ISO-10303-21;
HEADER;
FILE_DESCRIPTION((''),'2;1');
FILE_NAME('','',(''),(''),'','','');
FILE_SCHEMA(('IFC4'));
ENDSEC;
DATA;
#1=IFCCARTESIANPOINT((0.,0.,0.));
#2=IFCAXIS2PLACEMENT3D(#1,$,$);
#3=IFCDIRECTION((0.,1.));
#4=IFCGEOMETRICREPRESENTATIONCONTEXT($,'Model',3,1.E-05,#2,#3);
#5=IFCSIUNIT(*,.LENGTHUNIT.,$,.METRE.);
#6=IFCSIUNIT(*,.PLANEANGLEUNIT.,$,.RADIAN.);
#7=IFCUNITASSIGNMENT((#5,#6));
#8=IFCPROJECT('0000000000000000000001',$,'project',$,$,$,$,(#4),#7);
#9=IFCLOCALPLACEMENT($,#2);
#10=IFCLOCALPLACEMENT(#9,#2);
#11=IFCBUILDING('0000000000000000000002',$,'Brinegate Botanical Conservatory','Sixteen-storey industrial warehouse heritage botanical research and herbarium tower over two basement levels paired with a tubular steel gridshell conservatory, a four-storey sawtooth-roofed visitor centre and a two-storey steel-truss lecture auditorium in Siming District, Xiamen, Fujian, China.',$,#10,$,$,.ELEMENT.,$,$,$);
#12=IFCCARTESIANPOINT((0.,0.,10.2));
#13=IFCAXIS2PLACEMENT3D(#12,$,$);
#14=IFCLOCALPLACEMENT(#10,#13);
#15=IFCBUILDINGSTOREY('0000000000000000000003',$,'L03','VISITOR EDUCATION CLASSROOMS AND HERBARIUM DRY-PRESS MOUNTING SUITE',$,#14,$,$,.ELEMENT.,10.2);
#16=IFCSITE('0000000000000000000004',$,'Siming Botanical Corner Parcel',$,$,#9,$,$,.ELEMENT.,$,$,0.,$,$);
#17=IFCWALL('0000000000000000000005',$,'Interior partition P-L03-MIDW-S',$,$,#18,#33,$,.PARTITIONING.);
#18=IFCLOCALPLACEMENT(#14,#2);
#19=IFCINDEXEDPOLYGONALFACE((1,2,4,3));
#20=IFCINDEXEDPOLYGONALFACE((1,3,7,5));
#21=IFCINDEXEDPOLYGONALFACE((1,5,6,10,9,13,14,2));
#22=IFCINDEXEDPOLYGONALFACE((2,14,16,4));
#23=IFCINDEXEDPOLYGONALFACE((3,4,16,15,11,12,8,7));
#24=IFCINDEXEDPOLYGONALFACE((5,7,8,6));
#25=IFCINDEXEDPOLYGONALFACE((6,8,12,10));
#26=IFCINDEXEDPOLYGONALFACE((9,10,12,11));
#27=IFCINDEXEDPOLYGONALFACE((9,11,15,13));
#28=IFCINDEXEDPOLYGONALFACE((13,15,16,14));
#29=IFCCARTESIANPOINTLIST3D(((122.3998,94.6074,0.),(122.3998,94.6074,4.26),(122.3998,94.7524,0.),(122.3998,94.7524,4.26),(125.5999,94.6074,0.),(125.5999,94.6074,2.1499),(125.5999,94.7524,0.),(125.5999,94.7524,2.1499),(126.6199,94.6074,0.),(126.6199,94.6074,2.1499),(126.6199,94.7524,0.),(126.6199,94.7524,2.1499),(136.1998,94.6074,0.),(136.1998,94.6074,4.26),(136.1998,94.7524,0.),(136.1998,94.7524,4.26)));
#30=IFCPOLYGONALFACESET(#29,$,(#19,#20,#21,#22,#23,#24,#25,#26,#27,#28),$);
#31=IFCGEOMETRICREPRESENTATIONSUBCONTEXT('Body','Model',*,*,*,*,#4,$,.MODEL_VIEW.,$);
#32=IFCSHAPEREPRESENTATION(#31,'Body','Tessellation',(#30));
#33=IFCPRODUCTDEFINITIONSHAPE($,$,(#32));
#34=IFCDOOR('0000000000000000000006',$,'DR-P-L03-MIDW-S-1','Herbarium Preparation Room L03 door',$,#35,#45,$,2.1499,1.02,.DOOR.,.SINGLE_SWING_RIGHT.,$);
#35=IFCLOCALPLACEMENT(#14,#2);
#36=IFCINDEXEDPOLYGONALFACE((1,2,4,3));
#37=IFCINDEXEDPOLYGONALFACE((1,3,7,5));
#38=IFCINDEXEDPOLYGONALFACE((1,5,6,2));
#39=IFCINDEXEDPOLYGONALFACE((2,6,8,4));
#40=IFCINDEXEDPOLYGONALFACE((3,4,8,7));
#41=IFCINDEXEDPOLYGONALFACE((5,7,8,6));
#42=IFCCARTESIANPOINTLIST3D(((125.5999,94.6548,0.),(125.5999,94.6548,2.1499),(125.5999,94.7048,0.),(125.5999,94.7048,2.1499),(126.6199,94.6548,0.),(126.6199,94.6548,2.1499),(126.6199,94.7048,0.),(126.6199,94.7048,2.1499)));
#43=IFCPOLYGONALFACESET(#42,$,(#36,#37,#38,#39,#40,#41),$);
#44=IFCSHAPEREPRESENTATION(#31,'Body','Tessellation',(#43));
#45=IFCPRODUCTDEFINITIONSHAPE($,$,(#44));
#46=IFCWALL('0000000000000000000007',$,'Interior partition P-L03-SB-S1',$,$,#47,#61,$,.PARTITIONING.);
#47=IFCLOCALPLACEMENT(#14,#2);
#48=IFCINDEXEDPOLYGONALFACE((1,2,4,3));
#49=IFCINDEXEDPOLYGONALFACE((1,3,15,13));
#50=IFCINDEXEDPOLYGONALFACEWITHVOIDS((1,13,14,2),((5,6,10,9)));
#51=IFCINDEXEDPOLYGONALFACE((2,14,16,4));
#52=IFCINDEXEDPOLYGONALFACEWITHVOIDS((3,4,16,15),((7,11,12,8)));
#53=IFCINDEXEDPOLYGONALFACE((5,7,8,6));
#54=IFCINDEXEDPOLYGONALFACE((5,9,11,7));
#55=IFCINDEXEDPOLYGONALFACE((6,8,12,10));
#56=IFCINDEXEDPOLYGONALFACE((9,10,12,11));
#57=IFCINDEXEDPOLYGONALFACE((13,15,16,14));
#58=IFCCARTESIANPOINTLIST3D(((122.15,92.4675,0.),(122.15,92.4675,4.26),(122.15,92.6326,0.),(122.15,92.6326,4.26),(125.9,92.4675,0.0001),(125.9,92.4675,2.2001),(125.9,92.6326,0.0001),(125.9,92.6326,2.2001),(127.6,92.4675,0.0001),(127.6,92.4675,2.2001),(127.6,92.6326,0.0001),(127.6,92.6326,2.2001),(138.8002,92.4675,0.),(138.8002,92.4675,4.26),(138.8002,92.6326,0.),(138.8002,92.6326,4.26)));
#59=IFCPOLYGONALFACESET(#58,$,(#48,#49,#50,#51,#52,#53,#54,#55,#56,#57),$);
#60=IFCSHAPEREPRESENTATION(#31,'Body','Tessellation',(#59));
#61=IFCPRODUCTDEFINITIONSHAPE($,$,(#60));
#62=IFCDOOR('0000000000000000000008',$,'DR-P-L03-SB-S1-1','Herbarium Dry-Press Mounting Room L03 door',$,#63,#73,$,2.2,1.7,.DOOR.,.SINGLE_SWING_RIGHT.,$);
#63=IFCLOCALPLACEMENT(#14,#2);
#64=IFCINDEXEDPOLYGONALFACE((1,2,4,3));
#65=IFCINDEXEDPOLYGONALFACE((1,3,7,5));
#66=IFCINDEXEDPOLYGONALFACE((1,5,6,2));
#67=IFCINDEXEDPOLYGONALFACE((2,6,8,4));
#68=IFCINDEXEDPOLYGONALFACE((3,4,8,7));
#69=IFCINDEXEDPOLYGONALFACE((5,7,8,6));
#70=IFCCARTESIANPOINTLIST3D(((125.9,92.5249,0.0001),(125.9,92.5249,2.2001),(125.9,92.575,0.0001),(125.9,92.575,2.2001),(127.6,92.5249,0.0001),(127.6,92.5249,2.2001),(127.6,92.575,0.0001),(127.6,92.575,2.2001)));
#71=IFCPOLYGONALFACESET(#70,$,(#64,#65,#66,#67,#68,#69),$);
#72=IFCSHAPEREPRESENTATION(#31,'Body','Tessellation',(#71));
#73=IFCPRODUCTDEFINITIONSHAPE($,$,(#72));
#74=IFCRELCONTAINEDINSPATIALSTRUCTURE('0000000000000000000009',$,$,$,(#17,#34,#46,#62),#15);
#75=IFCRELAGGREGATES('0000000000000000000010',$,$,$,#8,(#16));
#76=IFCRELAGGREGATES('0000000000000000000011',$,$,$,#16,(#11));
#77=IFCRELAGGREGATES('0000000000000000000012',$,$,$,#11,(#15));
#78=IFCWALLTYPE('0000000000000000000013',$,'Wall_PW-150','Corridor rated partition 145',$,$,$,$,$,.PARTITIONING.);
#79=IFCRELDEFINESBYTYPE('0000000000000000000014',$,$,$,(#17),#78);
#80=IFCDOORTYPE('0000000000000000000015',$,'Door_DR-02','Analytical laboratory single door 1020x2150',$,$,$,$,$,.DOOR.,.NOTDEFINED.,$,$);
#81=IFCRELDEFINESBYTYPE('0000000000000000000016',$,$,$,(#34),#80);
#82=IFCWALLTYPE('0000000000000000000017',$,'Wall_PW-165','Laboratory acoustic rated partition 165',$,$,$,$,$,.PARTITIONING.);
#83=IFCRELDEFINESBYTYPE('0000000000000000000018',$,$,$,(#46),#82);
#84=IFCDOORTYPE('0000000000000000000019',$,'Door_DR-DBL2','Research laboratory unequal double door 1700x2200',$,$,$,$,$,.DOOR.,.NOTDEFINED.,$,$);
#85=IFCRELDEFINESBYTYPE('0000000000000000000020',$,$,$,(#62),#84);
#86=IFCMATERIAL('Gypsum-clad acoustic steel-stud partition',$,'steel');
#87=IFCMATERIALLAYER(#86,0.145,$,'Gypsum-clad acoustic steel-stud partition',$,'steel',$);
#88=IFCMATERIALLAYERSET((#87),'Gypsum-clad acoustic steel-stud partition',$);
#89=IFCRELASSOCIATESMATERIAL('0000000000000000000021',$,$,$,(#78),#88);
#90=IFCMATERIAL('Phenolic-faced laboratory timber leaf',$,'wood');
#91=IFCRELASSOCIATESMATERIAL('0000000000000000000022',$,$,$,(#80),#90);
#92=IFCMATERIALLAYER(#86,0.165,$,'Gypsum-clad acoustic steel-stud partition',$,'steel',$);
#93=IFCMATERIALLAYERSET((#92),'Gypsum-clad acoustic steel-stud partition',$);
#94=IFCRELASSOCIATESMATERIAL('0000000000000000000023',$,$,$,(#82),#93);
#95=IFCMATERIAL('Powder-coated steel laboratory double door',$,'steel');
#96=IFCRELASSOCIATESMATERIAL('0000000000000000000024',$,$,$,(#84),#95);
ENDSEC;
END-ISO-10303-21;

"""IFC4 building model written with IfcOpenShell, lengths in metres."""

from ifc_helpers import new_model, si_unit, direction, frame, frame_2d, origin, place, context, subcontext, project, spatial, rectangle, extrude, material, layer, layer_set, type_object, element, fill, save


model = new_model("IFC4")

# Units and contexts
model_context = context("Model", 3, precision=1e-05, world=origin(), true_north=direction((0.0, 1.0)))
body_context = subcontext(model_context, "Body", "Model", "MODEL_VIEW")
ifc_project = project(units=[si_unit("LENGTHUNIT", "METRE"), si_unit("PLANEANGLEUNIT", "RADIAN")], contexts=[model_context])

# Site, building, storey
site_placement = place(None, origin())
site = spatial("IfcSite", under=ifc_project, at=site_placement, Name="Siming Botanical Corner Parcel", CompositionType="ELEMENT", RefElevation=0.0)
building_placement = place(site_placement, origin())
building = spatial("IfcBuilding", under=site, at=building_placement, Name="Brinegate Botanical Conservatory", Description="Sixteen-storey industrial warehouse heritage botanical research and herbarium tower over two basement levels paired with a tubular steel gridshell conservatory, a four-storey sawtooth-roofed visitor centre and a two-storey steel-truss lecture auditorium in Siming District, Xiamen, Fujian, China.", CompositionType="ELEMENT")
storey_placement = place(building_placement, frame((0.0, 0.0, 10.2)))
storey = spatial("IfcBuildingStorey", under=building, at=storey_placement, Name="L03", Description="VISITOR EDUCATION CLASSROOMS AND HERBARIUM DRY-PRESS MOUNTING SUITE", CompositionType="ELEMENT", Elevation=10.2)

# Walls, openings, doors
ifc_material_1 = material(Name="Gypsum-clad acoustic steel-stud partition", Category="steel")
ifc_layer_1 = layer(ifc_material_1, 0.145, Name="Gypsum-clad acoustic steel-stud partition", Category="steel")
ifc_layer_set_1 = layer_set([ifc_layer_1], Name="Gypsum-clad acoustic steel-stud partition")
wall_type_1 = type_object("IfcWallType", Name="Wall_PW-150", Description="Corridor rated partition 145", PredefinedType="PARTITIONING", material=ifc_layer_set_1)
wall_1_placement = place(storey_placement, frame((122.3999, 94.6799, 0.0), z_axis=(0.0, 0.0, 1.0), x_axis=(1.0, 0.0, 0.0)))
wall_1 = element("IfcWall", 1, at=wall_1_placement, inside=storey, type_object=wall_type_1, Name="Interior partition P-L03-MIDW-S", PredefinedType="PARTITIONING", context=body_context, shape_type="SweptSolid", body=[
    extrude(rectangle(XDim=13.8, YDim=0.145, at=frame_2d((6.8999, 0.0))), origin(), (0.0, 0.0, 1.0), 4.26),
])
opening_1_placement = place(wall_1_placement, frame((3.2, 0.0, 0.0)))
opening_1 = element("IfcOpeningElement", 2, at=opening_1_placement, cuts=wall_1, PredefinedType="OPENING", context=body_context, shape_type="SweptSolid", body=[
    extrude(rectangle(XDim=1.02, YDim=2.1499, at=frame_2d((0.51, 1.075))), frame((0.0, 0.0825, 0.0), z_axis=(0.0, -1.0, 0.0), x_axis=(1.0, 0.0, 0.0)), (0.0, 0.0, 1.0), 0.165),
])
ifc_material_2 = material(Name="Phenolic-faced laboratory timber leaf", Category="wood")
door_type_1 = type_object("IfcDoorType", Name="Door_DR-02", Description="Analytical laboratory single door 1020x2150", OperationType="NOTDEFINED", PredefinedType="DOOR", material=ifc_material_2)
door_1_placement = place(opening_1_placement, origin())
door_1 = element("IfcDoor", 3, at=door_1_placement, inside=storey, type_object=door_type_1, Name="DR-P-L03-MIDW-S-1", Description="Herbarium Preparation Room L03 door", OperationType="SINGLE_SWING_RIGHT", OverallHeight=2.1499, OverallWidth=1.02, PredefinedType="DOOR", context=body_context, shape_type="SweptSolid", body=[
    extrude(rectangle(XDim=1.02, YDim=2.1499, at=frame_2d((0.51, 1.075))), frame((0.0, 0.0249, 0.0), z_axis=(0.0, -1.0, 0.0), x_axis=(1.0, 0.0, 0.0)), (0.0, 0.0, 1.0), 0.05),
])
fill(opening_1, door_1)
ifc_layer_2 = layer(ifc_material_1, 0.165, Name="Gypsum-clad acoustic steel-stud partition", Category="steel")
ifc_layer_set_2 = layer_set([ifc_layer_2], Name="Gypsum-clad acoustic steel-stud partition")
wall_type_2 = type_object("IfcWallType", Name="Wall_PW-165", Description="Laboratory acoustic rated partition 165", PredefinedType="PARTITIONING", material=ifc_layer_set_2)
wall_2_placement = place(storey_placement, frame((122.1499, 92.55, 0.0), z_axis=(0.0, 0.0, 1.0), x_axis=(1.0, 0.0, 0.0)))
wall_2 = element("IfcWall", 4, at=wall_2_placement, inside=storey, type_object=wall_type_2, Name="Interior partition P-L03-SB-S1", PredefinedType="PARTITIONING", context=body_context, shape_type="SweptSolid", body=[
    extrude(rectangle(XDim=16.6501, YDim=0.165, at=frame_2d((8.3252, 0.0))), origin(), (0.0, 0.0, 1.0), 4.26),
])
opening_2_placement = place(wall_2_placement, frame((3.75, 0.0, 0.0)))
opening_2 = element("IfcOpeningElement", 5, at=opening_2_placement, cuts=wall_2, PredefinedType="OPENING", context=body_context, shape_type="SweptSolid", body=[
    extrude(rectangle(XDim=1.7, YDim=2.2, at=frame_2d((0.8501, 1.1001))), frame((0.0, 0.0925, 0.0), z_axis=(0.0, -1.0, 0.0), x_axis=(1.0, 0.0, 0.0)), (0.0, 0.0, 1.0), 0.1851),
])
ifc_material_3 = material(Name="Powder-coated steel laboratory double door", Category="steel")
door_type_2 = type_object("IfcDoorType", Name="Door_DR-DBL2", Description="Research laboratory unequal double door 1700x2200", OperationType="NOTDEFINED", PredefinedType="DOOR", material=ifc_material_3)
door_2_placement = place(opening_2_placement, origin())
door_2 = element("IfcDoor", 6, at=door_2_placement, inside=storey, type_object=door_type_2, Name="DR-P-L03-SB-S1-1", Description="Herbarium Dry-Press Mounting Room L03 door", OperationType="SINGLE_SWING_RIGHT", OverallHeight=2.2, OverallWidth=1.7, PredefinedType="DOOR", context=body_context, shape_type="SweptSolid", body=[
    extrude(rectangle(XDim=1.7, YDim=2.2, at=frame_2d((0.8501, 1.1001))), frame((0.0, 0.0249, 0.0), z_axis=(0.0, -1.0, 0.0), x_axis=(1.0, 0.0, 0.0)), (0.0, 0.0, 1.0), 0.05),
])
fill(opening_2, door_2)

save(model, "model.ifc")
